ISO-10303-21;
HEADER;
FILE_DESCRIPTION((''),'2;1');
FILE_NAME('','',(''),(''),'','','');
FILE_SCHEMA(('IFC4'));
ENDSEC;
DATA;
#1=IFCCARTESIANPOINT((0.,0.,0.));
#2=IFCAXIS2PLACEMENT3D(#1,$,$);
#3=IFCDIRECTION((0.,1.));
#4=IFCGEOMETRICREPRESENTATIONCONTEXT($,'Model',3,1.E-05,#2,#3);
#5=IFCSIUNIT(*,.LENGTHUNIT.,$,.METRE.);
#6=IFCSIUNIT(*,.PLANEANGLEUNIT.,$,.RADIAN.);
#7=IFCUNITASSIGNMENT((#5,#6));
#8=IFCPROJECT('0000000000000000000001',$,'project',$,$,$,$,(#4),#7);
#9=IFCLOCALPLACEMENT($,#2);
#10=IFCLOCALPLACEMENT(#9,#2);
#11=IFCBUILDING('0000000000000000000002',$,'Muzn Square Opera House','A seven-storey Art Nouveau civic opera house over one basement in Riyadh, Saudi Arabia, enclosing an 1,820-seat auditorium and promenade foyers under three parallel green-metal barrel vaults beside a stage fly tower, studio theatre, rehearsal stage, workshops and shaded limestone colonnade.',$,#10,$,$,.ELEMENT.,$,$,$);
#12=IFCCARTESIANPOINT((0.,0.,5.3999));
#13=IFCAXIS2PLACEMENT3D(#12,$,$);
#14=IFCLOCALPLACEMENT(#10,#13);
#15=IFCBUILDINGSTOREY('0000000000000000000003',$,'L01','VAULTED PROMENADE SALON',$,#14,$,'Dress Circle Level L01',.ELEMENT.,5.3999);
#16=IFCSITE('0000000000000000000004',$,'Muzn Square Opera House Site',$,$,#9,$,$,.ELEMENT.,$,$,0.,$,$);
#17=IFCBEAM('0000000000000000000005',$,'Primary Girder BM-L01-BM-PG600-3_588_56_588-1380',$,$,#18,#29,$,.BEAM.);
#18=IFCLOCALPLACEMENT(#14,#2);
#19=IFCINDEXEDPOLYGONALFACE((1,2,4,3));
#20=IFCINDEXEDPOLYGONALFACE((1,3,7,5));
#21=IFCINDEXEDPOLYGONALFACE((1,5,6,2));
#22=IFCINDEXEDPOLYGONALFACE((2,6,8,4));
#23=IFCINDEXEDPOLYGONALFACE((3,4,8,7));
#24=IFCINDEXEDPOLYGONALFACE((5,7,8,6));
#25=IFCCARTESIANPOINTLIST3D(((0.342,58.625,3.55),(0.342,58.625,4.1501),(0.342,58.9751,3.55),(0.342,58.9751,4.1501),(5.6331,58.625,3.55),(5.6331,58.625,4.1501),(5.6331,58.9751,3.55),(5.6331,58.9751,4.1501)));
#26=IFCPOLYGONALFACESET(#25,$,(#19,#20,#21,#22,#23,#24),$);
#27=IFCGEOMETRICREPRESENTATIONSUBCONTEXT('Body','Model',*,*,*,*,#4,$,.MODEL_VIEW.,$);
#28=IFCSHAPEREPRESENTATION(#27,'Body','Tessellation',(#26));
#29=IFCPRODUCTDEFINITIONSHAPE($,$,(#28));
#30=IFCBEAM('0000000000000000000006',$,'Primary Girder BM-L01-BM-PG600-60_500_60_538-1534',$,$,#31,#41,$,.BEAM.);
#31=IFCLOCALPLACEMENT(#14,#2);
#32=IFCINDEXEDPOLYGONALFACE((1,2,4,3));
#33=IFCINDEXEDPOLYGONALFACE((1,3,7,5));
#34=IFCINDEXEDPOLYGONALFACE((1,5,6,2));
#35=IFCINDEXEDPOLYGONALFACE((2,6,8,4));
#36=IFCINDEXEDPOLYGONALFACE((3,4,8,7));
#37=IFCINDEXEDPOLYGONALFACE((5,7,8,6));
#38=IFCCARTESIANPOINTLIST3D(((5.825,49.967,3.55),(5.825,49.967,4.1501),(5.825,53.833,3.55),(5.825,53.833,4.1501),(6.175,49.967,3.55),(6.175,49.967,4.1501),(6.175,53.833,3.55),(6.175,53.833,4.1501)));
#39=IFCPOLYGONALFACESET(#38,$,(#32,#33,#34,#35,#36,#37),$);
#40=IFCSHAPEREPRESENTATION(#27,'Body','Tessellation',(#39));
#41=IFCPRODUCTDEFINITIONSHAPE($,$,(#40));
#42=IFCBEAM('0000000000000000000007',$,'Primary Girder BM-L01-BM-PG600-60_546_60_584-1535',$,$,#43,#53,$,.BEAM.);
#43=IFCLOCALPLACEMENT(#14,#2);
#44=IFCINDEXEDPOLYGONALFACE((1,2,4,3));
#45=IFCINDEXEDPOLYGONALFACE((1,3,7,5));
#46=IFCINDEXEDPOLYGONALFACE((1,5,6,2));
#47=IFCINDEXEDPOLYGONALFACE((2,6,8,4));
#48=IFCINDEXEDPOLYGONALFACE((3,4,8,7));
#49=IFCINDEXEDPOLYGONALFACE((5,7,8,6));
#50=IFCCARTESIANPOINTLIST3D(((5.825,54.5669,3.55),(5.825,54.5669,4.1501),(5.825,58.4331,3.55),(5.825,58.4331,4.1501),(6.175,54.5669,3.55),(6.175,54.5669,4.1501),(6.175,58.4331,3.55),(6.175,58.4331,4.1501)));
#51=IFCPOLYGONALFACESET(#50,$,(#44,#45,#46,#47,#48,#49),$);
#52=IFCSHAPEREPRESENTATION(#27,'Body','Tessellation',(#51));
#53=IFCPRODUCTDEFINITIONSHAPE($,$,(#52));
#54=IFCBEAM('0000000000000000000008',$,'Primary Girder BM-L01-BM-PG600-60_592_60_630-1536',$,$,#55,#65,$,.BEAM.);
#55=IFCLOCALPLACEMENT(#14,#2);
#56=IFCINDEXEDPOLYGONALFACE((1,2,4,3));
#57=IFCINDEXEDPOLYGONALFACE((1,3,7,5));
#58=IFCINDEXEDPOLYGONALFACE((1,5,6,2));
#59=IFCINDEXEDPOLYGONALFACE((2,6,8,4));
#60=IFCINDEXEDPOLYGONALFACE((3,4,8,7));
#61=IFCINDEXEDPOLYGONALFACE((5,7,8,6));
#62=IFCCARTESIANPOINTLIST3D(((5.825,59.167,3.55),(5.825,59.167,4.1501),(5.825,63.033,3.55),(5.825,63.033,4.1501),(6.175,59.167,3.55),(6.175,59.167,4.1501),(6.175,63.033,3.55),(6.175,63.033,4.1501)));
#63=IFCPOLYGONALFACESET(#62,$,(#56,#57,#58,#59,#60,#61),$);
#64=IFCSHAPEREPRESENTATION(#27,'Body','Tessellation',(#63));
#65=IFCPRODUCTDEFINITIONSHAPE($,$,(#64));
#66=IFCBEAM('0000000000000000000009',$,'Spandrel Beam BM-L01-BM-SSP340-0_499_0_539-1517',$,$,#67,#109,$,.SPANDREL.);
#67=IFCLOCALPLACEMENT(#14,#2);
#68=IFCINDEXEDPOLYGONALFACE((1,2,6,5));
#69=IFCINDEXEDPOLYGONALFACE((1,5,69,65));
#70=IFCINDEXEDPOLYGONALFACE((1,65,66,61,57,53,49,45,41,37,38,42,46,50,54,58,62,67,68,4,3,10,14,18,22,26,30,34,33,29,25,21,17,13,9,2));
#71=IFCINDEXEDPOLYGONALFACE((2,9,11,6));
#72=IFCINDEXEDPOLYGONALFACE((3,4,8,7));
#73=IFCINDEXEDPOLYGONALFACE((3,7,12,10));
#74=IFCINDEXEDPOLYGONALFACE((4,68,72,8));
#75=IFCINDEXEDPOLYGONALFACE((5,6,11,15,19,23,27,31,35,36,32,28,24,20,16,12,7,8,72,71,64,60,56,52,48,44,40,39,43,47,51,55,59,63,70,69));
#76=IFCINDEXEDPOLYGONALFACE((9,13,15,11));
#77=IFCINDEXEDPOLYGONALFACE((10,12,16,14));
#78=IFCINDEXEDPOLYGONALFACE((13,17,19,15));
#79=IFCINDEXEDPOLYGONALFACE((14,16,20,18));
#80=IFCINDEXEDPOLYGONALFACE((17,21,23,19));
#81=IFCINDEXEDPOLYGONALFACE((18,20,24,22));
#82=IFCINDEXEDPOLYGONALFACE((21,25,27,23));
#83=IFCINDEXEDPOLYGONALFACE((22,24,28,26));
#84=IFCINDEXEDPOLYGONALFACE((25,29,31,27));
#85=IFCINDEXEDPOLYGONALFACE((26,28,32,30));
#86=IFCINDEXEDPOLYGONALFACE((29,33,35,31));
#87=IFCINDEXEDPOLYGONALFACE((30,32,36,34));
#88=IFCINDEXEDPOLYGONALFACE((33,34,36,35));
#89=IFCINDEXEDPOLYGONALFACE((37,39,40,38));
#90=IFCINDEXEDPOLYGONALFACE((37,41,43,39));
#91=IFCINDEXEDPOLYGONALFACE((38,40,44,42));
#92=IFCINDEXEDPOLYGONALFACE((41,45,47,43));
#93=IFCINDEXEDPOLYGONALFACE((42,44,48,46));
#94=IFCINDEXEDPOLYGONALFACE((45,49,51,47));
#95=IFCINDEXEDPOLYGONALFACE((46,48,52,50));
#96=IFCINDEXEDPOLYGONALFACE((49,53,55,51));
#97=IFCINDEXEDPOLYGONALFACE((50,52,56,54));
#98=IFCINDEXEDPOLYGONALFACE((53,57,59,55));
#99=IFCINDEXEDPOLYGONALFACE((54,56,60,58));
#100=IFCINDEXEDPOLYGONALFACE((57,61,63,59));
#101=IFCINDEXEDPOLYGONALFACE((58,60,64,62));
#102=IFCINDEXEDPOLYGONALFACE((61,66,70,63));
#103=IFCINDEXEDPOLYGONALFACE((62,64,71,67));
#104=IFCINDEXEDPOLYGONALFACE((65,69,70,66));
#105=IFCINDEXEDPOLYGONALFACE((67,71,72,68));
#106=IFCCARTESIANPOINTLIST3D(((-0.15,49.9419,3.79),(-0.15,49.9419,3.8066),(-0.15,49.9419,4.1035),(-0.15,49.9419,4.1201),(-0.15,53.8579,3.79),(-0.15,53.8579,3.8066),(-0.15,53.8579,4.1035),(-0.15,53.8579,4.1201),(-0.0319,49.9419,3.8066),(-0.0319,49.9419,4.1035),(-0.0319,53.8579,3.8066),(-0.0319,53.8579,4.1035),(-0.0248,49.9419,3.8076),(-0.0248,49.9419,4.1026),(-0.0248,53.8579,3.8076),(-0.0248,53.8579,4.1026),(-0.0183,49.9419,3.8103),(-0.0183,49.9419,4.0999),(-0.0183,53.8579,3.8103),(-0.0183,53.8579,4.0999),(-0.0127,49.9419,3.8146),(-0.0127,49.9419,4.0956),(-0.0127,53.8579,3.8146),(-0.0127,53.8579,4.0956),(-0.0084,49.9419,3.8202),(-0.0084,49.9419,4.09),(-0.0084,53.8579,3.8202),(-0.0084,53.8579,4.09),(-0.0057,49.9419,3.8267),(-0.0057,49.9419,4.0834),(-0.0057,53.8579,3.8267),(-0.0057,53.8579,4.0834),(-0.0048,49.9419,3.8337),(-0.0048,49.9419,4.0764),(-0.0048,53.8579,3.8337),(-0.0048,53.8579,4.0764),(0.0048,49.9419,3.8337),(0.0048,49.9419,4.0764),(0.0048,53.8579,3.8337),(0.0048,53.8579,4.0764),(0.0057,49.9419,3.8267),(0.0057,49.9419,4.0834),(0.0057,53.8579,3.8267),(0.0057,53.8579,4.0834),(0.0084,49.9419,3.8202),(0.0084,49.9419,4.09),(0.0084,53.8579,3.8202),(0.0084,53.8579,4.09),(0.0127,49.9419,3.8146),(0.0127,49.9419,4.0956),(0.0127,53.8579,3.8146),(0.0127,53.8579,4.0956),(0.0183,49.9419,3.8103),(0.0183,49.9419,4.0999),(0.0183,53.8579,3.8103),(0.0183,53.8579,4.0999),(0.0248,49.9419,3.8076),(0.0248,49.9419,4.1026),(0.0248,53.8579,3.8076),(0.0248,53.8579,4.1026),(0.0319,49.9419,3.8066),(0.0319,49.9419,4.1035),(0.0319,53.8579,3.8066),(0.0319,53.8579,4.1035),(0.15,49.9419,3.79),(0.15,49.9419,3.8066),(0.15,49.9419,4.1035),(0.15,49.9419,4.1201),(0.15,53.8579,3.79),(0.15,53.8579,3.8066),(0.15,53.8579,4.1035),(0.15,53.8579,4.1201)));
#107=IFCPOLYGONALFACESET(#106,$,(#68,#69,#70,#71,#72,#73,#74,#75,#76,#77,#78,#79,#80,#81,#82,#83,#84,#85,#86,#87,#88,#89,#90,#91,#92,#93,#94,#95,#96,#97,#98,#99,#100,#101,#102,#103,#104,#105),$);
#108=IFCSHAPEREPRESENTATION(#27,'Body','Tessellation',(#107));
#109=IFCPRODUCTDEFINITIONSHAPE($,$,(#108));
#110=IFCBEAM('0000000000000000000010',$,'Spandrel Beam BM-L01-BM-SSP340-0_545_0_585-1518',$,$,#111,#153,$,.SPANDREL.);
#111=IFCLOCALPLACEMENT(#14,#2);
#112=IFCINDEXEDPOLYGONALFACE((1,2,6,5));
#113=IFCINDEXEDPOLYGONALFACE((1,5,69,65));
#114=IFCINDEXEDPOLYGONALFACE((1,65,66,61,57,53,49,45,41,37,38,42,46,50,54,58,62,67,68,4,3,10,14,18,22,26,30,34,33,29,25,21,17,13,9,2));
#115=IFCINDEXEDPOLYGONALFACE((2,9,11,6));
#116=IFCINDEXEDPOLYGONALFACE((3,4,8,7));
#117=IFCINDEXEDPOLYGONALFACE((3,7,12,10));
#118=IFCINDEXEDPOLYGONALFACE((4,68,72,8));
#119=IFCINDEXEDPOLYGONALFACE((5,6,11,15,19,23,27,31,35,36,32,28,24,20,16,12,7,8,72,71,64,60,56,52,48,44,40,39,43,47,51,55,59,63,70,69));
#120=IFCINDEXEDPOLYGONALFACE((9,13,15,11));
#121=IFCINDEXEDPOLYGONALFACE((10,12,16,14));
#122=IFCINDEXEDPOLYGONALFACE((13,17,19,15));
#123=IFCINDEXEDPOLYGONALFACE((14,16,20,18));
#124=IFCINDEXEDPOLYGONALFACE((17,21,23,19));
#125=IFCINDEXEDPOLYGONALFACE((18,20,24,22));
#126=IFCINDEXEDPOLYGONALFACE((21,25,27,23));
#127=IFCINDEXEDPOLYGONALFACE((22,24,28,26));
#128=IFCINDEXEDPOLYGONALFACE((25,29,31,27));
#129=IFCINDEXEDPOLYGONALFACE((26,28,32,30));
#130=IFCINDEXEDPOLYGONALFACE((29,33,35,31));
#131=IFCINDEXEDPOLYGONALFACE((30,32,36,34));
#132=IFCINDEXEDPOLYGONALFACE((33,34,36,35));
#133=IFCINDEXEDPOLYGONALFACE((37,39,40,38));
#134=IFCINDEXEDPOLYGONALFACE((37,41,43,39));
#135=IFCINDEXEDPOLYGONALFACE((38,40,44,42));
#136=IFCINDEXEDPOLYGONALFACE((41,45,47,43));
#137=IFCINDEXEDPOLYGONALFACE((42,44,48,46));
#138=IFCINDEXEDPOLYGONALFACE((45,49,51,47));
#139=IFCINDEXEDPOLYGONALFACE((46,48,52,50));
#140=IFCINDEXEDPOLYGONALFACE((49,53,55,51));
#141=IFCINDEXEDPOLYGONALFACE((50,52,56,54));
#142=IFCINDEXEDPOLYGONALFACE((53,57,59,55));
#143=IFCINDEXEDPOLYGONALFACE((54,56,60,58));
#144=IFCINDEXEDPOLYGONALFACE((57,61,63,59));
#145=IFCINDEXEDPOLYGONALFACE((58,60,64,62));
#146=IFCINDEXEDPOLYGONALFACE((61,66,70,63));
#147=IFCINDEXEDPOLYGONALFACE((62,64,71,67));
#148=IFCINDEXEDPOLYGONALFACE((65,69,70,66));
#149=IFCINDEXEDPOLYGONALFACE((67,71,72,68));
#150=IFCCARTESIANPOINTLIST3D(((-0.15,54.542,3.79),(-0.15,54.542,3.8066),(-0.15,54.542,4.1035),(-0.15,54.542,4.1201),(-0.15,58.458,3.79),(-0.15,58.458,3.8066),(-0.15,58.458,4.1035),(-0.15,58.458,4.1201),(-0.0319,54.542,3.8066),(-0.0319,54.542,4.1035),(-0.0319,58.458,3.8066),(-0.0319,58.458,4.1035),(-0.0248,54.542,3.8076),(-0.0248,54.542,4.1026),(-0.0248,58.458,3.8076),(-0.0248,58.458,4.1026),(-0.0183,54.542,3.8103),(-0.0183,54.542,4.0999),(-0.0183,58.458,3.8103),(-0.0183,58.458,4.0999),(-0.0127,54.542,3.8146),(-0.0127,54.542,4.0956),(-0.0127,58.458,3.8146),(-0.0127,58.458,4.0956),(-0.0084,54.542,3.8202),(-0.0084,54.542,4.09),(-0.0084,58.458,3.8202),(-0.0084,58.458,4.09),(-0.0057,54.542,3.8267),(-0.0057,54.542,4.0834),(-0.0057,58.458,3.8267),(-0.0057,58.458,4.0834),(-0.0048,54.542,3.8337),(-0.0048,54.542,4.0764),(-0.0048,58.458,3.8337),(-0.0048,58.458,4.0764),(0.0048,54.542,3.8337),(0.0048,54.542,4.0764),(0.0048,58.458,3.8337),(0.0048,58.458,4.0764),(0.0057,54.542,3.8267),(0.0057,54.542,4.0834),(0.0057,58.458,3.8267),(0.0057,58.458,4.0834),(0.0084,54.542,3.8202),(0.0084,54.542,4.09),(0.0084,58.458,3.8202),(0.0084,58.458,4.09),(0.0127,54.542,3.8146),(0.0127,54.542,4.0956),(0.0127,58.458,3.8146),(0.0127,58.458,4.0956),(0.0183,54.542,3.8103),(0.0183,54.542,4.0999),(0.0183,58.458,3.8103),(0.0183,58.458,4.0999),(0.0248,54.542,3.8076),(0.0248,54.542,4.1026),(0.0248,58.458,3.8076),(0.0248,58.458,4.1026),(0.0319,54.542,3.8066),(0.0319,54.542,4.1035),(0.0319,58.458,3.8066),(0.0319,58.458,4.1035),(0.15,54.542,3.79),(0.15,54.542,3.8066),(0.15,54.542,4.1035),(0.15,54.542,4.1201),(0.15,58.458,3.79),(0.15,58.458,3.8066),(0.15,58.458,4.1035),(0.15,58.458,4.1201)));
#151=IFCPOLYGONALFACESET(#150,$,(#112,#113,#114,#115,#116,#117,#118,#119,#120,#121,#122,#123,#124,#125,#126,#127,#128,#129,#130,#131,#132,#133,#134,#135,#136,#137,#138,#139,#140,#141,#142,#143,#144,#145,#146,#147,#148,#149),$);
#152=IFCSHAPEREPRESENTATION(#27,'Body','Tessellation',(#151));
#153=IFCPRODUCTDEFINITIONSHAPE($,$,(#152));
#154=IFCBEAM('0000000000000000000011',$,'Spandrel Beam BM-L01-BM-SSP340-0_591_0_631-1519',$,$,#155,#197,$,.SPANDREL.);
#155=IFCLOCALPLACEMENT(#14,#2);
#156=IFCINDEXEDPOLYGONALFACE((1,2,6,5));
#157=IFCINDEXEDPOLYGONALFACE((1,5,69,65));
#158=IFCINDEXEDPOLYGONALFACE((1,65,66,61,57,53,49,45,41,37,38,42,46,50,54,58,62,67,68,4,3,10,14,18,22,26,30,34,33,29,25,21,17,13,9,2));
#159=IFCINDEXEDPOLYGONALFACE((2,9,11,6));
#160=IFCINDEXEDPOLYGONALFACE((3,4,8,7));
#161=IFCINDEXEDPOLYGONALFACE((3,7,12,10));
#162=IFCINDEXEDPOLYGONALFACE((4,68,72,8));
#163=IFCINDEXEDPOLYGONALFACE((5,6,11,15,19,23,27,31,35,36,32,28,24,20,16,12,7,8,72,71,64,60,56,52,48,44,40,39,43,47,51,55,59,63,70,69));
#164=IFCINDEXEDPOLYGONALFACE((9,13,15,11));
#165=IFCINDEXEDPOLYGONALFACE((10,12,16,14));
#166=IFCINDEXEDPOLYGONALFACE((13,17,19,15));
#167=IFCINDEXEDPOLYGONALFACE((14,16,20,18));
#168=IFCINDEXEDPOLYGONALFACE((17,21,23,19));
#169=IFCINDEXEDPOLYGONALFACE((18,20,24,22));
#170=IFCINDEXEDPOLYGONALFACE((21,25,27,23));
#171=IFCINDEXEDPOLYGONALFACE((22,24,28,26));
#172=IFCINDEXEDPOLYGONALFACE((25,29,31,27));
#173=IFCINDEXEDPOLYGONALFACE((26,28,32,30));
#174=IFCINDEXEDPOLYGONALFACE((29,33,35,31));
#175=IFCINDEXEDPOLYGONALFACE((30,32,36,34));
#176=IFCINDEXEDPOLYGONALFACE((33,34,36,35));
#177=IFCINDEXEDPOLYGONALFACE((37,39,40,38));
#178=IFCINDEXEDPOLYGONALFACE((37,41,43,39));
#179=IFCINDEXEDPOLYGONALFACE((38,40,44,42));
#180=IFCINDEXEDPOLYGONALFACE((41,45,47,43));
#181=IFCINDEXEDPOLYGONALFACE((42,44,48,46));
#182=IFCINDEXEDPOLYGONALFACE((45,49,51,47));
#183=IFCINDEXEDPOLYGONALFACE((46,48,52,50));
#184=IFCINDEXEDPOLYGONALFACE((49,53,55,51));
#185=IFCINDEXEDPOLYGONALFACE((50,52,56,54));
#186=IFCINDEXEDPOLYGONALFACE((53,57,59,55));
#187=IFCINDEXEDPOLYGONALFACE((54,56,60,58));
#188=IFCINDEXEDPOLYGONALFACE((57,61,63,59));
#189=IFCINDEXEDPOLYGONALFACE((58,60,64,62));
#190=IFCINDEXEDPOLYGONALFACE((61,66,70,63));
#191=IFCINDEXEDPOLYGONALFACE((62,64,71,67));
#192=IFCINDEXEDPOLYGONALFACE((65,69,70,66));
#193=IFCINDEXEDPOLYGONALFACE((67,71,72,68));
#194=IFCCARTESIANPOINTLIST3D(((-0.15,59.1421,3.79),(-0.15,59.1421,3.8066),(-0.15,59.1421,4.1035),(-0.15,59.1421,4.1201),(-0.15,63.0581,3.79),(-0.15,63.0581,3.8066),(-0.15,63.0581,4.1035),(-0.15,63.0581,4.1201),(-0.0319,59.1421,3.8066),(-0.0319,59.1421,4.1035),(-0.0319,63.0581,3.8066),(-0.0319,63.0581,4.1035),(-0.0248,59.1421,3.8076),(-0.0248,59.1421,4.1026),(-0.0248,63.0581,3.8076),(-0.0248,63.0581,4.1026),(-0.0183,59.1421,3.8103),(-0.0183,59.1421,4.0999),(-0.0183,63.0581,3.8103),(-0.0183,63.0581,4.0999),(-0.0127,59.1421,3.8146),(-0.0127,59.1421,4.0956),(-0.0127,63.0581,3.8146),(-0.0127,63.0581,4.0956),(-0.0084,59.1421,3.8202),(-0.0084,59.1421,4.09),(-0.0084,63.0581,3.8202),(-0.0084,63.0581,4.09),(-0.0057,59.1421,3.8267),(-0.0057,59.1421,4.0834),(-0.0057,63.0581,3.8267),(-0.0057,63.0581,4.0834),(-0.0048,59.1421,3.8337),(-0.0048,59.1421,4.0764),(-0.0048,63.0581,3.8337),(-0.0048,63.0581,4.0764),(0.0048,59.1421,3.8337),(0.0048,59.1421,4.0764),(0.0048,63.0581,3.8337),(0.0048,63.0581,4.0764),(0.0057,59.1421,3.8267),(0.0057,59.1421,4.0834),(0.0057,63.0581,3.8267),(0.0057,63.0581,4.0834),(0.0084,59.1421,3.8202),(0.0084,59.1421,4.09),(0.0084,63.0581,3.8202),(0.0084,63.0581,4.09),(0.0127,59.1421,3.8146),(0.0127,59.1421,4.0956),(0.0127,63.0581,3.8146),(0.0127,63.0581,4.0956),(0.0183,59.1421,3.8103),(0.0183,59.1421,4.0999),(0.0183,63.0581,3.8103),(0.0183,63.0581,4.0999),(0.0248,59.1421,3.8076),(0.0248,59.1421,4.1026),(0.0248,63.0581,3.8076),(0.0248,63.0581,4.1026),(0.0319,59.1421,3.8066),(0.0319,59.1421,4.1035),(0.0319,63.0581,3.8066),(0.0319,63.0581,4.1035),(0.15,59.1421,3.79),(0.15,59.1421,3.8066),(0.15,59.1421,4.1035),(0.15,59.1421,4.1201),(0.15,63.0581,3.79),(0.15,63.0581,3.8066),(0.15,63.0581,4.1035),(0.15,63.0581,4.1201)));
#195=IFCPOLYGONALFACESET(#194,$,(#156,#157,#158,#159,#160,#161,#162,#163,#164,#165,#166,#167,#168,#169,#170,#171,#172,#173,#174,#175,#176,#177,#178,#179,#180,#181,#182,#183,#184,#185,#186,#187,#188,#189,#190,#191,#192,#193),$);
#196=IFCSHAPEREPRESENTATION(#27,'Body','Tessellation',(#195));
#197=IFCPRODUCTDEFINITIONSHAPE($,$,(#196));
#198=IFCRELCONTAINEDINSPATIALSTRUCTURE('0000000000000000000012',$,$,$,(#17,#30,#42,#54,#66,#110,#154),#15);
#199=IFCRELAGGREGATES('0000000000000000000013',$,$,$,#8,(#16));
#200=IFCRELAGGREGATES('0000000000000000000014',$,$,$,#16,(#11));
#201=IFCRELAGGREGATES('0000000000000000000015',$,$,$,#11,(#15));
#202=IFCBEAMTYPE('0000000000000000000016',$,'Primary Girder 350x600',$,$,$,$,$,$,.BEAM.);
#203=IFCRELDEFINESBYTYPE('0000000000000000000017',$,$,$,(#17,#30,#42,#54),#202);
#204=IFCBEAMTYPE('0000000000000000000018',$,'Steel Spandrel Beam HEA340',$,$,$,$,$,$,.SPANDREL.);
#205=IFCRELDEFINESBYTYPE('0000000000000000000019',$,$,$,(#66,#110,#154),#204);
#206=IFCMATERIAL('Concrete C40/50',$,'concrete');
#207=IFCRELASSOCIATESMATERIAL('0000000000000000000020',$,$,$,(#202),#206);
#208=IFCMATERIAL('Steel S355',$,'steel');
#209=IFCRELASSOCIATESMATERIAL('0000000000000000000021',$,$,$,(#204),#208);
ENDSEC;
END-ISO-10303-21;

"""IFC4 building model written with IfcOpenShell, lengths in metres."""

from ifc_helpers import new_model, si_unit, direction, frame, origin, origin_2d, place, context, subcontext, project, spatial, rectangle, i_section, extrude, material, material_profile, profile_set, type_object, element, save


model = new_model("IFC4")

# Units and contexts
model_context = context("Model", 3, precision=1e-05, world=origin(), true_north=direction((0.0, 1.0)))
body_context = subcontext(model_context, "Body", "Model", "MODEL_VIEW")
ifc_project = project(units=[si_unit("LENGTHUNIT", "METRE"), si_unit("PLANEANGLEUNIT", "RADIAN")], contexts=[model_context])

# Site, building, storey
site_placement = place(None, origin())
site = spatial("IfcSite", under=ifc_project, at=site_placement, Name="Muzn Square Opera House Site", CompositionType="ELEMENT", RefElevation=0.0)
building_placement = place(site_placement, origin())
building = spatial("IfcBuilding", under=site, at=building_placement, Name="Muzn Square Opera House", Description="A seven-storey Art Nouveau civic opera house over one basement in Riyadh, Saudi Arabia, enclosing an 1,820-seat auditorium and promenade foyers under three parallel green-metal barrel vaults beside a stage fly tower, studio theatre, rehearsal stage, workshops and shaded limestone colonnade.", CompositionType="ELEMENT")
storey_placement = place(building_placement, frame((0.0, 0.0, 5.3999)))
storey = spatial("IfcBuildingStorey", under=building, at=storey_placement, Name="L01", Description="VAULTED PROMENADE SALON", LongName="Dress Circle Level L01", CompositionType="ELEMENT", Elevation=5.3999)

# Beams
ifc_material_1 = material(Name="Concrete C40/50", Category="concrete")
ifc_material_profile_1 = material_profile(ifc_material_1, rectangle(XDim=0.3501, YDim=0.6001, at=origin_2d()), Name="RCB 350x600", Category="concrete")
ifc_profile_set_1 = profile_set([ifc_material_profile_1], Name="Concrete C40/50")
beam_type_1 = type_object("IfcBeamType", Name="Primary Girder 350x600", PredefinedType="BEAM", material=ifc_profile_set_1)
for number, where, z_axis, x_axis, name in (
    (1, (0.342, 58.8, 3.8501), (1.0, 0.0, 0.0), (0.0, 1.0, 0.0), "Primary Girder BM-L01-BM-PG600-3_588_56_588-1380"),
):
    element("IfcBeam", number, at=place(storey_placement, frame(where, z_axis=z_axis, x_axis=x_axis)), inside=storey, type_object=beam_type_1, Name=name, PredefinedType="BEAM", context=body_context, shape_type="SweptSolid", body=[
        extrude(rectangle(XDim=0.3501, YDim=0.6001, at=origin_2d()), origin(), (0.0, 0.0, 1.0), 5.291),
    ])
beam_1_placement = place(storey_placement, frame((6.0, 49.967, 3.8501), z_axis=(0.0, 1.0, 0.0), x_axis=(-1.0, 0.0, 0.0)))
element("IfcBeam", 2, at=beam_1_placement, inside=storey, type_object=beam_type_1, Name="Primary Girder BM-L01-BM-PG600-60_500_60_538-1534", PredefinedType="BEAM", context=body_context, shape_type="SweptSolid", body=[
    extrude(rectangle(XDim=0.3501, YDim=0.6001, at=origin_2d()), origin(), (0.0, 0.0, 1.0), 3.866),
])
beam_2_placement = place(storey_placement, frame((6.0, 54.5669, 3.8501), z_axis=(0.0, 1.0, 0.0), x_axis=(-1.0, 0.0, 0.0)))
element("IfcBeam", 3, at=beam_2_placement, inside=storey, type_object=beam_type_1, Name="Primary Girder BM-L01-BM-PG600-60_546_60_584-1535", PredefinedType="BEAM", context=body_context, shape_type="SweptSolid", body=[
    extrude(rectangle(XDim=0.3501, YDim=0.6001, at=origin_2d()), origin(), (0.0, 0.0, 1.0), 3.8662),
])
beam_3_placement = place(storey_placement, frame((6.0, 59.167, 3.8501), z_axis=(0.0, 1.0, 0.0), x_axis=(-1.0, 0.0, 0.0)))
element("IfcBeam", 4, at=beam_3_placement, inside=storey, type_object=beam_type_1, Name="Primary Girder BM-L01-BM-PG600-60_592_60_630-1536", PredefinedType="BEAM", context=body_context, shape_type="SweptSolid", body=[
    extrude(rectangle(XDim=0.3501, YDim=0.6001, at=origin_2d()), origin(), (0.0, 0.0, 1.0), 3.866),
])
ifc_material_2 = material(Name="Steel S355", Category="steel")
ifc_material_profile_2 = material_profile(ifc_material_2, i_section(OverallWidth=0.3, OverallDepth=0.3301, WebThickness=0.0095, FlangeThickness=0.0166, FilletRadius=0.0271, at=origin_2d()), Name="HEA 340", Category="steel")
ifc_profile_set_2 = profile_set([ifc_material_profile_2], Name="Steel S355")
beam_type_2 = type_object("IfcBeamType", Name="Steel Spandrel Beam HEA340", PredefinedType="SPANDREL", material=ifc_profile_set_2)
for number, where, z_axis, x_axis, name in (
    (5, (0.0, 49.9419, 3.9551), (0.0, 1.0, 0.0), (-1.0, 0.0, 0.0), "Spandrel Beam BM-L01-BM-SSP340-0_499_0_539-1517"),
    (6, (0.0, 54.542, 3.9551), (0.0, 1.0, 0.0), (-1.0, 0.0, 0.0), "Spandrel Beam BM-L01-BM-SSP340-0_545_0_585-1518"),
    (7, (0.0, 59.1421, 3.9551), (0.0, 1.0, 0.0), (-1.0, 0.0, 0.0), "Spandrel Beam BM-L01-BM-SSP340-0_591_0_631-1519"),
):
    element("IfcBeam", number, at=place(storey_placement, frame(where, z_axis=z_axis, x_axis=x_axis)), inside=storey, type_object=beam_type_2, Name=name, PredefinedType="SPANDREL", context=body_context, shape_type="SweptSolid", body=[
        extrude(i_section(OverallWidth=0.3, OverallDepth=0.3301, WebThickness=0.0095, FlangeThickness=0.0166, FilletRadius=0.0271, at=origin_2d()), origin(), (0.0, 0.0, 1.0), 3.916),
    ])

save(model, "model.ifc")
